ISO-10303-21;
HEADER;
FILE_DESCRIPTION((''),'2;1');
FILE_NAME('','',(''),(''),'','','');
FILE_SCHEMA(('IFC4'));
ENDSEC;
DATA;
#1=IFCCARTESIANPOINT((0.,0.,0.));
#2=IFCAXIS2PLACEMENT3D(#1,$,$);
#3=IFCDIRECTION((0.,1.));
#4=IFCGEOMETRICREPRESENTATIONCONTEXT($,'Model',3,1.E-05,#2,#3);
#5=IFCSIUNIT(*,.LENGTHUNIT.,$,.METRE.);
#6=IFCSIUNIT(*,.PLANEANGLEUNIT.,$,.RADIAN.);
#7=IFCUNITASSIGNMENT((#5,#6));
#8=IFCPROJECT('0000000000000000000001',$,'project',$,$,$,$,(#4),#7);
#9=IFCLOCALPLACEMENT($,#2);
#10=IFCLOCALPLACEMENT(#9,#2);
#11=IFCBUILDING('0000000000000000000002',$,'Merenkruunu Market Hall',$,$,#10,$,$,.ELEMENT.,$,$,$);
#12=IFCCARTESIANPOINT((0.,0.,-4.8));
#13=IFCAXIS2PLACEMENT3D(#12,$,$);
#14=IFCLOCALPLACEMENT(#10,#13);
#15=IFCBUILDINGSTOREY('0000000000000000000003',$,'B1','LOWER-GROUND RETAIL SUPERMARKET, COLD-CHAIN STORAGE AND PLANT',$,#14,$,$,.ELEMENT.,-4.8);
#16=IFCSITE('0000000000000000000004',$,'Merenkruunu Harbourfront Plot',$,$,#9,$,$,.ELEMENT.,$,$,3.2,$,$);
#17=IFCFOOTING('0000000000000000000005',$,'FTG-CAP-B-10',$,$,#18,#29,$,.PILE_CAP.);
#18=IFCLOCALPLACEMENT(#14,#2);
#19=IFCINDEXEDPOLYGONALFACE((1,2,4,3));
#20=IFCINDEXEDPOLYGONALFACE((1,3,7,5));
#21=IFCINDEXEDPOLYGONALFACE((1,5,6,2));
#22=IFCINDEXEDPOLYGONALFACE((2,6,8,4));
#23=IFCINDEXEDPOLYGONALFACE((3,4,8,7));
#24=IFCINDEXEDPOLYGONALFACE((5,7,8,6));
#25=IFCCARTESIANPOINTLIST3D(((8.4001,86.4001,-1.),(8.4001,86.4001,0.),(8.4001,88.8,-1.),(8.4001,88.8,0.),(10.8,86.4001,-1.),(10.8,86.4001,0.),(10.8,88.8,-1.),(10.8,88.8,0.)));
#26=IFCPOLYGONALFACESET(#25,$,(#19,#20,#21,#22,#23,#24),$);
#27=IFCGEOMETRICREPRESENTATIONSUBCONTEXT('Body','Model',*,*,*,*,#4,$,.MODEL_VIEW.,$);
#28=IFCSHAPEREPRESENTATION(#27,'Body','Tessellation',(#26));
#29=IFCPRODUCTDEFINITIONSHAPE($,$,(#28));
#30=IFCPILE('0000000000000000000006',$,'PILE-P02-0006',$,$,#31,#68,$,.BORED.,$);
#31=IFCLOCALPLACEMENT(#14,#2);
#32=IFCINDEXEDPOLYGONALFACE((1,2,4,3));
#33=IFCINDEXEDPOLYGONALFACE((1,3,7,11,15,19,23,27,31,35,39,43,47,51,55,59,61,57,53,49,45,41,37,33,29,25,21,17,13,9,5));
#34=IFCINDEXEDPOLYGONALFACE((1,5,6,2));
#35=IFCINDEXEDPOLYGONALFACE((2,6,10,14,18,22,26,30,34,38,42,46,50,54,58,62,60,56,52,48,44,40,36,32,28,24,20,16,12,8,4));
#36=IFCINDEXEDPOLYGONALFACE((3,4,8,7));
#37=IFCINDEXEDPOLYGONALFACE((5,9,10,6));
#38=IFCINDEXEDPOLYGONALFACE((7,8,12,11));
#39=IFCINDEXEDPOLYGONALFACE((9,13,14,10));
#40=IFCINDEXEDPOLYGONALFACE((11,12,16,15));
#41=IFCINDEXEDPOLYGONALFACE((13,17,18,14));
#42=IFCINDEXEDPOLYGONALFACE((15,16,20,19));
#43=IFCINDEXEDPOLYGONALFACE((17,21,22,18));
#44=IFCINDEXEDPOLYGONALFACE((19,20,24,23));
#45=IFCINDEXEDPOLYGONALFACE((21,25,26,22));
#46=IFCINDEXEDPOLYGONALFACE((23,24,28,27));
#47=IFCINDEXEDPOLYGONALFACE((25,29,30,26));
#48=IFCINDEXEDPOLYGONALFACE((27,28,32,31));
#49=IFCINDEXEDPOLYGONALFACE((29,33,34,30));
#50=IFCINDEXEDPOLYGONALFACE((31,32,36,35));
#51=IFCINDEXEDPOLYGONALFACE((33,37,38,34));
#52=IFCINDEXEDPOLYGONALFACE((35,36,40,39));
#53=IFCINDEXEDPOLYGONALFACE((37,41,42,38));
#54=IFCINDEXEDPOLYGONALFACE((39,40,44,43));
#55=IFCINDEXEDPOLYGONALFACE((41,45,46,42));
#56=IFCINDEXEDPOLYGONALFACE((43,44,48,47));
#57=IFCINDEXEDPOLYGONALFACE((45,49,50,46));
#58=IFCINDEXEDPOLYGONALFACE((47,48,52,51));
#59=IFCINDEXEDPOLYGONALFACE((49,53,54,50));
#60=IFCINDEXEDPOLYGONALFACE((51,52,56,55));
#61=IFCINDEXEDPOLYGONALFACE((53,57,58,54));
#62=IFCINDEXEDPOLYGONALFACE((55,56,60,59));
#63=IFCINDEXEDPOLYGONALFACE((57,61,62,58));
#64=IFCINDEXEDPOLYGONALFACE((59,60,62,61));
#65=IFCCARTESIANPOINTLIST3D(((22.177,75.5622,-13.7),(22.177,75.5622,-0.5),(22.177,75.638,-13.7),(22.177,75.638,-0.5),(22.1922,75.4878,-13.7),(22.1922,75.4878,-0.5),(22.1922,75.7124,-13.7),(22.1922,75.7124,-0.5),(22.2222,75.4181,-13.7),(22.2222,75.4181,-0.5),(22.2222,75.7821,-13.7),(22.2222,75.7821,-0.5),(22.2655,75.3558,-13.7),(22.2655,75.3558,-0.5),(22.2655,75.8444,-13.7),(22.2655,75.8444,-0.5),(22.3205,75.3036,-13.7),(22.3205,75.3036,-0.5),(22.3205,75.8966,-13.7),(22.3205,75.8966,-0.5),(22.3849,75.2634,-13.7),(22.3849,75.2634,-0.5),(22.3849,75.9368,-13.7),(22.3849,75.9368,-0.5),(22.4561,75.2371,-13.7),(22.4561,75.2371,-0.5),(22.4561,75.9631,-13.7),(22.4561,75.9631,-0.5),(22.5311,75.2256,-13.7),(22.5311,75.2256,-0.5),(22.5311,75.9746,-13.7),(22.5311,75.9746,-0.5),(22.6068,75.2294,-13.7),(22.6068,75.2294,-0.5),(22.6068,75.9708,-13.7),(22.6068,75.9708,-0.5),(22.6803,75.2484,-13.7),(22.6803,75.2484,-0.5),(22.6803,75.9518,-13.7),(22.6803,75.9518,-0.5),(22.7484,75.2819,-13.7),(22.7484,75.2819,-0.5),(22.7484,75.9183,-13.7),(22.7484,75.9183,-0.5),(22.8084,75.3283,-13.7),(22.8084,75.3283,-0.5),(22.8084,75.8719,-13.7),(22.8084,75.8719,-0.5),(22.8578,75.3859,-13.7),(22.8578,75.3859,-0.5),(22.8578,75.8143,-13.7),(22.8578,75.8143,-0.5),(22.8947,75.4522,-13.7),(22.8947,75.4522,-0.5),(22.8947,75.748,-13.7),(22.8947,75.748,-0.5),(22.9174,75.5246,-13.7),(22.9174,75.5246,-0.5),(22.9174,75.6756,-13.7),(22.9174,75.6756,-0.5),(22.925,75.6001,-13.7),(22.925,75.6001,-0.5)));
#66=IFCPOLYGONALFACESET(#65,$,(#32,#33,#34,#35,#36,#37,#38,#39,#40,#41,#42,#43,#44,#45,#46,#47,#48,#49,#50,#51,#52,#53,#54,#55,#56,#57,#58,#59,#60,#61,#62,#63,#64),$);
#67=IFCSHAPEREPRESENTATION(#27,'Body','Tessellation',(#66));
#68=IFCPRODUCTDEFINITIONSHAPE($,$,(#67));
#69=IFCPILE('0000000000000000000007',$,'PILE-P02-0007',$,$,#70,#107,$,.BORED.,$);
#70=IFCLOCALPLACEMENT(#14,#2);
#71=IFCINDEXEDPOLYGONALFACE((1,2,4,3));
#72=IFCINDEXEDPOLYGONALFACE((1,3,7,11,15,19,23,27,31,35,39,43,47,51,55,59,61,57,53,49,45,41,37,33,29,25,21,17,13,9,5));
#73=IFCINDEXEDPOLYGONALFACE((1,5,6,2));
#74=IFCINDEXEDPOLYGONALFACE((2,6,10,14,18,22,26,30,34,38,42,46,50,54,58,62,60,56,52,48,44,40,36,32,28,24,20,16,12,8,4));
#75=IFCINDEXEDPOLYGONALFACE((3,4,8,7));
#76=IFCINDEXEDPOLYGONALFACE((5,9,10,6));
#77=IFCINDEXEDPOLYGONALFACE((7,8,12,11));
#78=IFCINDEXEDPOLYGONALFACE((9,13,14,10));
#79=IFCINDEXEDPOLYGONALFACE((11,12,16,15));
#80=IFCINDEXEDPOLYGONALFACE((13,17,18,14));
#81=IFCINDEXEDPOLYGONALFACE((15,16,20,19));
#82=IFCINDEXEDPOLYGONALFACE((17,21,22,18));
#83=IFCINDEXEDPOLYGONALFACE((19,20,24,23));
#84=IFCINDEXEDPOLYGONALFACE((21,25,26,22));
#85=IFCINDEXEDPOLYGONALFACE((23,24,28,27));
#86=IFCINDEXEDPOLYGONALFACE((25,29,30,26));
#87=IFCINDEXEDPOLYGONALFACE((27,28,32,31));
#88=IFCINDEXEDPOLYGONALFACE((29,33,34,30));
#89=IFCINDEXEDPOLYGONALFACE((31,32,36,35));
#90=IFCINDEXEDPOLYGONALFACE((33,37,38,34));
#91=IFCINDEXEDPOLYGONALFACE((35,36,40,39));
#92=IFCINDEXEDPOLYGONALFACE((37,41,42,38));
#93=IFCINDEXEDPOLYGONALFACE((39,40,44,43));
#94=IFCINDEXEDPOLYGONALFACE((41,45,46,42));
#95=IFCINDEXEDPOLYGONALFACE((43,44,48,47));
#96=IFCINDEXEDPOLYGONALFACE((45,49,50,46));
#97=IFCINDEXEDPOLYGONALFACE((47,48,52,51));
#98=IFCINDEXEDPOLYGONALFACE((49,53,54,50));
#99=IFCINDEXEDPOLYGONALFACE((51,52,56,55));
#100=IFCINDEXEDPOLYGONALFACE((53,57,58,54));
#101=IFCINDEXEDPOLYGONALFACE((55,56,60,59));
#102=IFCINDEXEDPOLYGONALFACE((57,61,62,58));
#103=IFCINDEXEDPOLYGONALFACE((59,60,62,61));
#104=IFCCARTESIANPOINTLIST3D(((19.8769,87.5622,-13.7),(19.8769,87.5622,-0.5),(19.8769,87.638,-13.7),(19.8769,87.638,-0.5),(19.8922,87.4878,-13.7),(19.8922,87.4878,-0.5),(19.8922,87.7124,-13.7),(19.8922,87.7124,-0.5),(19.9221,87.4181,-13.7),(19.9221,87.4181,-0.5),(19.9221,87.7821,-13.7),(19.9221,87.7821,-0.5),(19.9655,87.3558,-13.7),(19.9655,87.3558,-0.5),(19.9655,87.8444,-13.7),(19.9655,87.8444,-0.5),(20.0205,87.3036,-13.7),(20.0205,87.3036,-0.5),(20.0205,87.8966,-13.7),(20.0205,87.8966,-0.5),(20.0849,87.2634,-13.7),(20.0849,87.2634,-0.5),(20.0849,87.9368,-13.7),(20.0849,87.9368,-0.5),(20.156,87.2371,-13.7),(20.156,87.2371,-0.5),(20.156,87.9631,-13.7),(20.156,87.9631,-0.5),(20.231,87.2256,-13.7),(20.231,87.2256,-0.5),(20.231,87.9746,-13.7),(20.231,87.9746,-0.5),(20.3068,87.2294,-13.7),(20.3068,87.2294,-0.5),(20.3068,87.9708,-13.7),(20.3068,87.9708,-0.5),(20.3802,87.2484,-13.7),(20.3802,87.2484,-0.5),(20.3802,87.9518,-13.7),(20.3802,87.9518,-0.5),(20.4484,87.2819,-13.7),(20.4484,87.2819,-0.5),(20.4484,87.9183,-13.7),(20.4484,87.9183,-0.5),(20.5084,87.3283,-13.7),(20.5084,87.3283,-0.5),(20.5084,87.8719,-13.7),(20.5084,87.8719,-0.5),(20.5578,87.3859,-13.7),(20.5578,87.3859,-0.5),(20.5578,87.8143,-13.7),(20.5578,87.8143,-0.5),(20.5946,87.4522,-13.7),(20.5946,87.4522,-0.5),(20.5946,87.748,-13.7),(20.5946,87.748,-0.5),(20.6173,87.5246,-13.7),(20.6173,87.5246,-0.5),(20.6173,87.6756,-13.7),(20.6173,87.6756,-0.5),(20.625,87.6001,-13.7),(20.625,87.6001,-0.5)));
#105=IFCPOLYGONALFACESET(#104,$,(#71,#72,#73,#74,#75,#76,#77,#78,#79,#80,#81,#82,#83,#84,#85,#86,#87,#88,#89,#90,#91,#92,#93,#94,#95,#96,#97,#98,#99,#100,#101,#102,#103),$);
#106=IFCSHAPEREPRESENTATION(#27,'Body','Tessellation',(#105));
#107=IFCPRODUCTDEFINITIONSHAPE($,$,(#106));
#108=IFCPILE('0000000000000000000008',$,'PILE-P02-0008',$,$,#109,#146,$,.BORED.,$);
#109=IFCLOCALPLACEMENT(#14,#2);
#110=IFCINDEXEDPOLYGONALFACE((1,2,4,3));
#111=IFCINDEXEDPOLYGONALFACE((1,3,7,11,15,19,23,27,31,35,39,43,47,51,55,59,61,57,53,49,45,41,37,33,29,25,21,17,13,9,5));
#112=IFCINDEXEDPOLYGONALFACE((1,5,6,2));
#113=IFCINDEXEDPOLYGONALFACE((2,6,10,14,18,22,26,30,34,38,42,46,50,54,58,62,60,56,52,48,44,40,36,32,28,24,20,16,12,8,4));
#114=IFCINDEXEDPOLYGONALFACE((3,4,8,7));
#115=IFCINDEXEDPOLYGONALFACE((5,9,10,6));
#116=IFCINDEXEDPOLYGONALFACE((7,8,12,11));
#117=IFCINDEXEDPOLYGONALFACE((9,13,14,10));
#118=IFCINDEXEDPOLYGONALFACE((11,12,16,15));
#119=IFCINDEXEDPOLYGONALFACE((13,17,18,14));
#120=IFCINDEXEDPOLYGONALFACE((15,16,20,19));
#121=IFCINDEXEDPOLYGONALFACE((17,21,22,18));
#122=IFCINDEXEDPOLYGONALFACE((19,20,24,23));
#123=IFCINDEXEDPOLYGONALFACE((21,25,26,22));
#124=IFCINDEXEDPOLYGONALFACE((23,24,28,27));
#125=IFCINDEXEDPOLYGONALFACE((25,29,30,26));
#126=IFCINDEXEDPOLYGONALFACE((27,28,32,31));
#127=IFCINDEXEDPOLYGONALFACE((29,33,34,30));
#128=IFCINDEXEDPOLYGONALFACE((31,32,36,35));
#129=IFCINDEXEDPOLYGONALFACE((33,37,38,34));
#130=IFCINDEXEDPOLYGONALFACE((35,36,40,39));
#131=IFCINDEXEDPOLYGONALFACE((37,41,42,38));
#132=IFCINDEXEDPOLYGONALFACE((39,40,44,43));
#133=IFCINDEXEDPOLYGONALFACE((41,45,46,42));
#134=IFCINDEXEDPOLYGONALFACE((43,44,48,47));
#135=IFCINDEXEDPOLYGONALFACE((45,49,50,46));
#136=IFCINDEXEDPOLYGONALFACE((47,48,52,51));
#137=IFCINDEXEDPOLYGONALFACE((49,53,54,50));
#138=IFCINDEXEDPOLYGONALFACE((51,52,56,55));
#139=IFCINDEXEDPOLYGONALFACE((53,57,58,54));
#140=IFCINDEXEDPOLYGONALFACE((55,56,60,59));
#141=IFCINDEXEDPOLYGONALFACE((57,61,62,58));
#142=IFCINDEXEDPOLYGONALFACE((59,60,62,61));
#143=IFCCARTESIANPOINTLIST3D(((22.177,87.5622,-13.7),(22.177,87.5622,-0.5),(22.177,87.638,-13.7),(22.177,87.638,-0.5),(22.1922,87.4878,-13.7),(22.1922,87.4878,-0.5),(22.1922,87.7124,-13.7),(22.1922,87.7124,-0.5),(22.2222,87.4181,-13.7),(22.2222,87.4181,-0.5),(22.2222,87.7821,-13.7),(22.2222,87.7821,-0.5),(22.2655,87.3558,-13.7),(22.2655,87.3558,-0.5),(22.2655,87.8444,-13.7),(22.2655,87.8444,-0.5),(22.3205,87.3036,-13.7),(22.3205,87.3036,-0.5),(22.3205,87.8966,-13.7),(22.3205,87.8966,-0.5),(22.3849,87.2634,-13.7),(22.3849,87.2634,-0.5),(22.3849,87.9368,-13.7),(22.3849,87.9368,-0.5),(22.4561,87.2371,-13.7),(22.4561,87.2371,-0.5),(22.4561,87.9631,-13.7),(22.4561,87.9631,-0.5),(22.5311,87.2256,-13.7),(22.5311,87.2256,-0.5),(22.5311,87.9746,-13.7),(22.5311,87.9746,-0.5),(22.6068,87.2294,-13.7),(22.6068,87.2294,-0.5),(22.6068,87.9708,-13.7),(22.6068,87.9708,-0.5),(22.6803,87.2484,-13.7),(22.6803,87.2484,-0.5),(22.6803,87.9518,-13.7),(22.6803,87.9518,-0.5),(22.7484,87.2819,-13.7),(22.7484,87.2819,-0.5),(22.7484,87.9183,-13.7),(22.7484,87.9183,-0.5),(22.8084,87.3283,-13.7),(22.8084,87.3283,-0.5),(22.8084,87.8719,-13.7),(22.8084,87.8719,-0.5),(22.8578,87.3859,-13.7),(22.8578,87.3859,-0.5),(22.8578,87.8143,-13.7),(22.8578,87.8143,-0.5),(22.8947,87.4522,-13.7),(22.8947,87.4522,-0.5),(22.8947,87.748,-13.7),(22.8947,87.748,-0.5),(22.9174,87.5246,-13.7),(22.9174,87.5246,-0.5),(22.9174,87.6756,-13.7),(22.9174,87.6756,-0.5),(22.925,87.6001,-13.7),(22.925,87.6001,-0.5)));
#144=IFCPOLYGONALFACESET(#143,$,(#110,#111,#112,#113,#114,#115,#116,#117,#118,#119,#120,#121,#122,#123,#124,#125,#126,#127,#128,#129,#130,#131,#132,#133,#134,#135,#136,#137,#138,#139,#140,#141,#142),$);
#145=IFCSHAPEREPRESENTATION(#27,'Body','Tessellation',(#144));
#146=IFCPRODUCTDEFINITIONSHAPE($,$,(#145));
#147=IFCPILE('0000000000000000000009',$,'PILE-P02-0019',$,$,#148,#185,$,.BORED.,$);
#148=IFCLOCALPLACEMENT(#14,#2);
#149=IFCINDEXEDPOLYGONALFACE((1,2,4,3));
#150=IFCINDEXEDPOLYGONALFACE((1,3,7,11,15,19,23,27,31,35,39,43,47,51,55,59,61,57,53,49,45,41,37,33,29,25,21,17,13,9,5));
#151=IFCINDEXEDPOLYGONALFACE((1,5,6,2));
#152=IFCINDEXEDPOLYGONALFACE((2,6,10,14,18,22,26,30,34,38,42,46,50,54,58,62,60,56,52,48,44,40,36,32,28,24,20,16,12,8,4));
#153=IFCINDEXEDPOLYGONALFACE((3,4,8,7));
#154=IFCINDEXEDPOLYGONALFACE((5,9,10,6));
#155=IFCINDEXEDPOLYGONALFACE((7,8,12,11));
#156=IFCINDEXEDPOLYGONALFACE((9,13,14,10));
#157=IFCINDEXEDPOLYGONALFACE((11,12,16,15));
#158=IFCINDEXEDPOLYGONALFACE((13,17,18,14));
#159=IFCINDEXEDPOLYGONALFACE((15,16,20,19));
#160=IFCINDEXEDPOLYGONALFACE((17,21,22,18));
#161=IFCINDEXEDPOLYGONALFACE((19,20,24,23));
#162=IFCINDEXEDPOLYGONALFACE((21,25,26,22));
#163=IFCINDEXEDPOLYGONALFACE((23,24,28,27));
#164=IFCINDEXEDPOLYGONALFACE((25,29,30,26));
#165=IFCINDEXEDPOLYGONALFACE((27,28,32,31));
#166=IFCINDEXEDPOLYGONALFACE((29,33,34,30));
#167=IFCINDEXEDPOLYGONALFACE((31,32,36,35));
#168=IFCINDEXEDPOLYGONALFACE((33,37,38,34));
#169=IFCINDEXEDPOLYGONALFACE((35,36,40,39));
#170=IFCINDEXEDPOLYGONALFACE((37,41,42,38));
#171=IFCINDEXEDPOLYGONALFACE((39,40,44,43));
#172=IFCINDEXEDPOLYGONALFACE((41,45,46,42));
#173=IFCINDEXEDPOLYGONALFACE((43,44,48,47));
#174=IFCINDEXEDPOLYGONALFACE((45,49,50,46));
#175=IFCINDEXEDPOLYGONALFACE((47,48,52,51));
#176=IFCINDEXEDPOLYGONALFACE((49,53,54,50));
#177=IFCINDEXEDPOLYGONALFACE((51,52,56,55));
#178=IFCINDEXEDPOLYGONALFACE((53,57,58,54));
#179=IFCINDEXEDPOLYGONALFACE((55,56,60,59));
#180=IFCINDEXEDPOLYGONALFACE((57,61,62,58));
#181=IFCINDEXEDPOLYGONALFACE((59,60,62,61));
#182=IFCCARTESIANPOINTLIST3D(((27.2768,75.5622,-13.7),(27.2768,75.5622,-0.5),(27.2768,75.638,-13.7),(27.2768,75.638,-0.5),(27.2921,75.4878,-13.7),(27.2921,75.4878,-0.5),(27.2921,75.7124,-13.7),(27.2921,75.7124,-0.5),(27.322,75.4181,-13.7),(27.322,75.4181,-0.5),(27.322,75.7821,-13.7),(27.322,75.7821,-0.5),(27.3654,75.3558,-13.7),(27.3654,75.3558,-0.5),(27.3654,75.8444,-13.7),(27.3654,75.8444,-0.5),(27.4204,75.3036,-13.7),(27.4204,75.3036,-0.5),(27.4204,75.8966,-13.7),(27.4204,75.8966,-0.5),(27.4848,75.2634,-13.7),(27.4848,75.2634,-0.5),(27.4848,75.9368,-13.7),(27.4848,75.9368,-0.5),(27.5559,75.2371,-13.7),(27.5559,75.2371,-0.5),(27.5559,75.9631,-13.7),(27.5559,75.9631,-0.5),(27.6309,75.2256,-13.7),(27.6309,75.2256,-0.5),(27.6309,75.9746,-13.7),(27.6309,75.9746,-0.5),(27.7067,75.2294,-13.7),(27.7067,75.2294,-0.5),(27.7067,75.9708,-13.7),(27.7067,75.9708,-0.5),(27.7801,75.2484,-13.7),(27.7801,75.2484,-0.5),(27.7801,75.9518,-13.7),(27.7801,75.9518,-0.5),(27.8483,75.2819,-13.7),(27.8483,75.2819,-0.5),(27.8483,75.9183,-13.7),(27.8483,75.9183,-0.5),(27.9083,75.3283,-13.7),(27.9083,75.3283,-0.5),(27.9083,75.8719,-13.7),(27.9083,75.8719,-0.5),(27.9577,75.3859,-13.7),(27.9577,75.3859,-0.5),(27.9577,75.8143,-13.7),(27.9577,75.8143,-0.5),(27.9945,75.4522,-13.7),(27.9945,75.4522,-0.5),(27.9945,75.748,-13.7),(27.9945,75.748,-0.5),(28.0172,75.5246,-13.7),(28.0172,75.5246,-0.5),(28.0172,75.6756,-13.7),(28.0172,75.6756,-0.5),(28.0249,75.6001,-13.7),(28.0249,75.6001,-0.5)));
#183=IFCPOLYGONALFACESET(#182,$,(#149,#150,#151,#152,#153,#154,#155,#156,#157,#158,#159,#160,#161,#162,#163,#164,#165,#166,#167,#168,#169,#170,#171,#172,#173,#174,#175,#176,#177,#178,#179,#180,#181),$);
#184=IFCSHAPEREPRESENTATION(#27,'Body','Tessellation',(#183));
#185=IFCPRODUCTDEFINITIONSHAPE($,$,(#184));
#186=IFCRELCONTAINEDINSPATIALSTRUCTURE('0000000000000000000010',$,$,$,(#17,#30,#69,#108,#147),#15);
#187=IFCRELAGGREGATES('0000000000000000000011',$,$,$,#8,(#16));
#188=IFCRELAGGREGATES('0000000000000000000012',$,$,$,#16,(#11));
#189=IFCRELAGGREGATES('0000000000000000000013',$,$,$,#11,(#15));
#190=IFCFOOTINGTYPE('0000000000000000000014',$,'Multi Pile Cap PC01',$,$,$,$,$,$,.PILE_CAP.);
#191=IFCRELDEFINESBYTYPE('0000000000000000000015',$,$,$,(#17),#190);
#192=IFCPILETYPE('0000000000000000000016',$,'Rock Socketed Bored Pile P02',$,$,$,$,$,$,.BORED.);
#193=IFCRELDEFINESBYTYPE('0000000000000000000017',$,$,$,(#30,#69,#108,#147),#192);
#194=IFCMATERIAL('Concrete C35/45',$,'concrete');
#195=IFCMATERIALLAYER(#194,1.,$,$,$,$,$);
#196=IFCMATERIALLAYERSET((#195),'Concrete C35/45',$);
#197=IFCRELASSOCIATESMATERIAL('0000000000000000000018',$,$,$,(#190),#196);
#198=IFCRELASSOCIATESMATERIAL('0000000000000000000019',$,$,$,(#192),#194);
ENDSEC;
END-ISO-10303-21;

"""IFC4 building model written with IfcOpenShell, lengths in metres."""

from ifc_helpers import new_model, si_unit, direction, frame, origin, origin_2d, place, context, subcontext, project, spatial, rectangle, circle, extrude, material, layer, layer_set, material_profile, profile_set, type_object, element, save


model = new_model("IFC4")

# Units and contexts
model_context = context("Model", 3, precision=1e-05, world=origin(), true_north=direction((0.0, 1.0)))
body_context = subcontext(model_context, "Body", "Model", "MODEL_VIEW")
ifc_project = project(units=[si_unit("LENGTHUNIT", "METRE"), si_unit("PLANEANGLEUNIT", "RADIAN")], contexts=[model_context])

# Site, building, storey
site_placement = place(None, origin())
site = spatial("IfcSite", under=ifc_project, at=site_placement, Name="Merenkruunu Harbourfront Plot", CompositionType="ELEMENT", RefElevation=3.2)
building_placement = place(site_placement, origin())
building = spatial("IfcBuilding", under=site, at=building_placement, Name="Merenkruunu Market Hall", CompositionType="ELEMENT")
storey_placement = place(building_placement, frame((0.0, 0.0, -4.8)))
storey = spatial("IfcBuildingStorey", under=building, at=storey_placement, Name="B1", Description="LOWER-GROUND RETAIL SUPERMARKET, COLD-CHAIN STORAGE AND PLANT", CompositionType="ELEMENT", Elevation=-4.8)

# Footing
ifc_material_1 = material(Name="Concrete C35/45", Category="concrete")
ifc_layer_1 = layer(ifc_material_1, 1.0)
ifc_layer_set_1 = layer_set([ifc_layer_1], Name="Concrete C35/45")
footing_type_1 = type_object("IfcFootingType", Name="Multi Pile Cap PC01", PredefinedType="PILE_CAP", material=ifc_layer_set_1)
footing_1_placement = place(storey_placement, frame((9.6001, 87.6001, -1.0), z_axis=(0.0, 0.0, 1.0), x_axis=(1.0, 0.0, 0.0)))
element("IfcFooting", 1, at=footing_1_placement, inside=storey, type_object=footing_type_1, Name="FTG-CAP-B-10", PredefinedType="PILE_CAP", context=body_context, shape_type="SweptSolid", body=[
    extrude(rectangle(XDim=2.3999, YDim=2.3999, at=origin_2d()), origin(), (0.0, 0.0, 1.0), 1.0),
])

# Piles
ifc_material_profile_1 = material_profile(ifc_material_1, circle(Radius=0.375, at=origin_2d()), Name="BORED PILE 750")
ifc_profile_set_1 = profile_set([ifc_material_profile_1], Name="Concrete C35/45")
pile_type = type_object("IfcPileType", Name="Rock Socketed Bored Pile P02", PredefinedType="BORED", material=ifc_profile_set_1)
for number, where, z_axis, x_axis, name in (
    (2, (22.55, 75.6001, -0.5), (0.0, 0.0, -1.0), (1.0, 0.0, 0.0), "PILE-P02-0006"),
    (3, (20.25, 87.6001, -0.5), (0.0, 0.0, -1.0), (1.0, 0.0, 0.0), "PILE-P02-0007"),
    (4, (22.55, 87.6001, -0.5), (0.0, 0.0, -1.0), (1.0, 0.0, 0.0), "PILE-P02-0008"),
    (5, (27.6499, 75.6001, -0.5), (0.0, 0.0, -1.0), (1.0, 0.0, 0.0), "PILE-P02-0019"),
):
    element("IfcPile", number, at=place(storey_placement, frame(where, z_axis=z_axis, x_axis=x_axis)), inside=storey, type_object=pile_type, Name=name, PredefinedType="BORED", context=body_context, shape_type="SweptSolid", body=[
        extrude(circle(Radius=0.375, at=origin_2d()), origin(), (0.0, 0.0, 1.0), 13.2),
    ])

save(model, "model.ifc")
